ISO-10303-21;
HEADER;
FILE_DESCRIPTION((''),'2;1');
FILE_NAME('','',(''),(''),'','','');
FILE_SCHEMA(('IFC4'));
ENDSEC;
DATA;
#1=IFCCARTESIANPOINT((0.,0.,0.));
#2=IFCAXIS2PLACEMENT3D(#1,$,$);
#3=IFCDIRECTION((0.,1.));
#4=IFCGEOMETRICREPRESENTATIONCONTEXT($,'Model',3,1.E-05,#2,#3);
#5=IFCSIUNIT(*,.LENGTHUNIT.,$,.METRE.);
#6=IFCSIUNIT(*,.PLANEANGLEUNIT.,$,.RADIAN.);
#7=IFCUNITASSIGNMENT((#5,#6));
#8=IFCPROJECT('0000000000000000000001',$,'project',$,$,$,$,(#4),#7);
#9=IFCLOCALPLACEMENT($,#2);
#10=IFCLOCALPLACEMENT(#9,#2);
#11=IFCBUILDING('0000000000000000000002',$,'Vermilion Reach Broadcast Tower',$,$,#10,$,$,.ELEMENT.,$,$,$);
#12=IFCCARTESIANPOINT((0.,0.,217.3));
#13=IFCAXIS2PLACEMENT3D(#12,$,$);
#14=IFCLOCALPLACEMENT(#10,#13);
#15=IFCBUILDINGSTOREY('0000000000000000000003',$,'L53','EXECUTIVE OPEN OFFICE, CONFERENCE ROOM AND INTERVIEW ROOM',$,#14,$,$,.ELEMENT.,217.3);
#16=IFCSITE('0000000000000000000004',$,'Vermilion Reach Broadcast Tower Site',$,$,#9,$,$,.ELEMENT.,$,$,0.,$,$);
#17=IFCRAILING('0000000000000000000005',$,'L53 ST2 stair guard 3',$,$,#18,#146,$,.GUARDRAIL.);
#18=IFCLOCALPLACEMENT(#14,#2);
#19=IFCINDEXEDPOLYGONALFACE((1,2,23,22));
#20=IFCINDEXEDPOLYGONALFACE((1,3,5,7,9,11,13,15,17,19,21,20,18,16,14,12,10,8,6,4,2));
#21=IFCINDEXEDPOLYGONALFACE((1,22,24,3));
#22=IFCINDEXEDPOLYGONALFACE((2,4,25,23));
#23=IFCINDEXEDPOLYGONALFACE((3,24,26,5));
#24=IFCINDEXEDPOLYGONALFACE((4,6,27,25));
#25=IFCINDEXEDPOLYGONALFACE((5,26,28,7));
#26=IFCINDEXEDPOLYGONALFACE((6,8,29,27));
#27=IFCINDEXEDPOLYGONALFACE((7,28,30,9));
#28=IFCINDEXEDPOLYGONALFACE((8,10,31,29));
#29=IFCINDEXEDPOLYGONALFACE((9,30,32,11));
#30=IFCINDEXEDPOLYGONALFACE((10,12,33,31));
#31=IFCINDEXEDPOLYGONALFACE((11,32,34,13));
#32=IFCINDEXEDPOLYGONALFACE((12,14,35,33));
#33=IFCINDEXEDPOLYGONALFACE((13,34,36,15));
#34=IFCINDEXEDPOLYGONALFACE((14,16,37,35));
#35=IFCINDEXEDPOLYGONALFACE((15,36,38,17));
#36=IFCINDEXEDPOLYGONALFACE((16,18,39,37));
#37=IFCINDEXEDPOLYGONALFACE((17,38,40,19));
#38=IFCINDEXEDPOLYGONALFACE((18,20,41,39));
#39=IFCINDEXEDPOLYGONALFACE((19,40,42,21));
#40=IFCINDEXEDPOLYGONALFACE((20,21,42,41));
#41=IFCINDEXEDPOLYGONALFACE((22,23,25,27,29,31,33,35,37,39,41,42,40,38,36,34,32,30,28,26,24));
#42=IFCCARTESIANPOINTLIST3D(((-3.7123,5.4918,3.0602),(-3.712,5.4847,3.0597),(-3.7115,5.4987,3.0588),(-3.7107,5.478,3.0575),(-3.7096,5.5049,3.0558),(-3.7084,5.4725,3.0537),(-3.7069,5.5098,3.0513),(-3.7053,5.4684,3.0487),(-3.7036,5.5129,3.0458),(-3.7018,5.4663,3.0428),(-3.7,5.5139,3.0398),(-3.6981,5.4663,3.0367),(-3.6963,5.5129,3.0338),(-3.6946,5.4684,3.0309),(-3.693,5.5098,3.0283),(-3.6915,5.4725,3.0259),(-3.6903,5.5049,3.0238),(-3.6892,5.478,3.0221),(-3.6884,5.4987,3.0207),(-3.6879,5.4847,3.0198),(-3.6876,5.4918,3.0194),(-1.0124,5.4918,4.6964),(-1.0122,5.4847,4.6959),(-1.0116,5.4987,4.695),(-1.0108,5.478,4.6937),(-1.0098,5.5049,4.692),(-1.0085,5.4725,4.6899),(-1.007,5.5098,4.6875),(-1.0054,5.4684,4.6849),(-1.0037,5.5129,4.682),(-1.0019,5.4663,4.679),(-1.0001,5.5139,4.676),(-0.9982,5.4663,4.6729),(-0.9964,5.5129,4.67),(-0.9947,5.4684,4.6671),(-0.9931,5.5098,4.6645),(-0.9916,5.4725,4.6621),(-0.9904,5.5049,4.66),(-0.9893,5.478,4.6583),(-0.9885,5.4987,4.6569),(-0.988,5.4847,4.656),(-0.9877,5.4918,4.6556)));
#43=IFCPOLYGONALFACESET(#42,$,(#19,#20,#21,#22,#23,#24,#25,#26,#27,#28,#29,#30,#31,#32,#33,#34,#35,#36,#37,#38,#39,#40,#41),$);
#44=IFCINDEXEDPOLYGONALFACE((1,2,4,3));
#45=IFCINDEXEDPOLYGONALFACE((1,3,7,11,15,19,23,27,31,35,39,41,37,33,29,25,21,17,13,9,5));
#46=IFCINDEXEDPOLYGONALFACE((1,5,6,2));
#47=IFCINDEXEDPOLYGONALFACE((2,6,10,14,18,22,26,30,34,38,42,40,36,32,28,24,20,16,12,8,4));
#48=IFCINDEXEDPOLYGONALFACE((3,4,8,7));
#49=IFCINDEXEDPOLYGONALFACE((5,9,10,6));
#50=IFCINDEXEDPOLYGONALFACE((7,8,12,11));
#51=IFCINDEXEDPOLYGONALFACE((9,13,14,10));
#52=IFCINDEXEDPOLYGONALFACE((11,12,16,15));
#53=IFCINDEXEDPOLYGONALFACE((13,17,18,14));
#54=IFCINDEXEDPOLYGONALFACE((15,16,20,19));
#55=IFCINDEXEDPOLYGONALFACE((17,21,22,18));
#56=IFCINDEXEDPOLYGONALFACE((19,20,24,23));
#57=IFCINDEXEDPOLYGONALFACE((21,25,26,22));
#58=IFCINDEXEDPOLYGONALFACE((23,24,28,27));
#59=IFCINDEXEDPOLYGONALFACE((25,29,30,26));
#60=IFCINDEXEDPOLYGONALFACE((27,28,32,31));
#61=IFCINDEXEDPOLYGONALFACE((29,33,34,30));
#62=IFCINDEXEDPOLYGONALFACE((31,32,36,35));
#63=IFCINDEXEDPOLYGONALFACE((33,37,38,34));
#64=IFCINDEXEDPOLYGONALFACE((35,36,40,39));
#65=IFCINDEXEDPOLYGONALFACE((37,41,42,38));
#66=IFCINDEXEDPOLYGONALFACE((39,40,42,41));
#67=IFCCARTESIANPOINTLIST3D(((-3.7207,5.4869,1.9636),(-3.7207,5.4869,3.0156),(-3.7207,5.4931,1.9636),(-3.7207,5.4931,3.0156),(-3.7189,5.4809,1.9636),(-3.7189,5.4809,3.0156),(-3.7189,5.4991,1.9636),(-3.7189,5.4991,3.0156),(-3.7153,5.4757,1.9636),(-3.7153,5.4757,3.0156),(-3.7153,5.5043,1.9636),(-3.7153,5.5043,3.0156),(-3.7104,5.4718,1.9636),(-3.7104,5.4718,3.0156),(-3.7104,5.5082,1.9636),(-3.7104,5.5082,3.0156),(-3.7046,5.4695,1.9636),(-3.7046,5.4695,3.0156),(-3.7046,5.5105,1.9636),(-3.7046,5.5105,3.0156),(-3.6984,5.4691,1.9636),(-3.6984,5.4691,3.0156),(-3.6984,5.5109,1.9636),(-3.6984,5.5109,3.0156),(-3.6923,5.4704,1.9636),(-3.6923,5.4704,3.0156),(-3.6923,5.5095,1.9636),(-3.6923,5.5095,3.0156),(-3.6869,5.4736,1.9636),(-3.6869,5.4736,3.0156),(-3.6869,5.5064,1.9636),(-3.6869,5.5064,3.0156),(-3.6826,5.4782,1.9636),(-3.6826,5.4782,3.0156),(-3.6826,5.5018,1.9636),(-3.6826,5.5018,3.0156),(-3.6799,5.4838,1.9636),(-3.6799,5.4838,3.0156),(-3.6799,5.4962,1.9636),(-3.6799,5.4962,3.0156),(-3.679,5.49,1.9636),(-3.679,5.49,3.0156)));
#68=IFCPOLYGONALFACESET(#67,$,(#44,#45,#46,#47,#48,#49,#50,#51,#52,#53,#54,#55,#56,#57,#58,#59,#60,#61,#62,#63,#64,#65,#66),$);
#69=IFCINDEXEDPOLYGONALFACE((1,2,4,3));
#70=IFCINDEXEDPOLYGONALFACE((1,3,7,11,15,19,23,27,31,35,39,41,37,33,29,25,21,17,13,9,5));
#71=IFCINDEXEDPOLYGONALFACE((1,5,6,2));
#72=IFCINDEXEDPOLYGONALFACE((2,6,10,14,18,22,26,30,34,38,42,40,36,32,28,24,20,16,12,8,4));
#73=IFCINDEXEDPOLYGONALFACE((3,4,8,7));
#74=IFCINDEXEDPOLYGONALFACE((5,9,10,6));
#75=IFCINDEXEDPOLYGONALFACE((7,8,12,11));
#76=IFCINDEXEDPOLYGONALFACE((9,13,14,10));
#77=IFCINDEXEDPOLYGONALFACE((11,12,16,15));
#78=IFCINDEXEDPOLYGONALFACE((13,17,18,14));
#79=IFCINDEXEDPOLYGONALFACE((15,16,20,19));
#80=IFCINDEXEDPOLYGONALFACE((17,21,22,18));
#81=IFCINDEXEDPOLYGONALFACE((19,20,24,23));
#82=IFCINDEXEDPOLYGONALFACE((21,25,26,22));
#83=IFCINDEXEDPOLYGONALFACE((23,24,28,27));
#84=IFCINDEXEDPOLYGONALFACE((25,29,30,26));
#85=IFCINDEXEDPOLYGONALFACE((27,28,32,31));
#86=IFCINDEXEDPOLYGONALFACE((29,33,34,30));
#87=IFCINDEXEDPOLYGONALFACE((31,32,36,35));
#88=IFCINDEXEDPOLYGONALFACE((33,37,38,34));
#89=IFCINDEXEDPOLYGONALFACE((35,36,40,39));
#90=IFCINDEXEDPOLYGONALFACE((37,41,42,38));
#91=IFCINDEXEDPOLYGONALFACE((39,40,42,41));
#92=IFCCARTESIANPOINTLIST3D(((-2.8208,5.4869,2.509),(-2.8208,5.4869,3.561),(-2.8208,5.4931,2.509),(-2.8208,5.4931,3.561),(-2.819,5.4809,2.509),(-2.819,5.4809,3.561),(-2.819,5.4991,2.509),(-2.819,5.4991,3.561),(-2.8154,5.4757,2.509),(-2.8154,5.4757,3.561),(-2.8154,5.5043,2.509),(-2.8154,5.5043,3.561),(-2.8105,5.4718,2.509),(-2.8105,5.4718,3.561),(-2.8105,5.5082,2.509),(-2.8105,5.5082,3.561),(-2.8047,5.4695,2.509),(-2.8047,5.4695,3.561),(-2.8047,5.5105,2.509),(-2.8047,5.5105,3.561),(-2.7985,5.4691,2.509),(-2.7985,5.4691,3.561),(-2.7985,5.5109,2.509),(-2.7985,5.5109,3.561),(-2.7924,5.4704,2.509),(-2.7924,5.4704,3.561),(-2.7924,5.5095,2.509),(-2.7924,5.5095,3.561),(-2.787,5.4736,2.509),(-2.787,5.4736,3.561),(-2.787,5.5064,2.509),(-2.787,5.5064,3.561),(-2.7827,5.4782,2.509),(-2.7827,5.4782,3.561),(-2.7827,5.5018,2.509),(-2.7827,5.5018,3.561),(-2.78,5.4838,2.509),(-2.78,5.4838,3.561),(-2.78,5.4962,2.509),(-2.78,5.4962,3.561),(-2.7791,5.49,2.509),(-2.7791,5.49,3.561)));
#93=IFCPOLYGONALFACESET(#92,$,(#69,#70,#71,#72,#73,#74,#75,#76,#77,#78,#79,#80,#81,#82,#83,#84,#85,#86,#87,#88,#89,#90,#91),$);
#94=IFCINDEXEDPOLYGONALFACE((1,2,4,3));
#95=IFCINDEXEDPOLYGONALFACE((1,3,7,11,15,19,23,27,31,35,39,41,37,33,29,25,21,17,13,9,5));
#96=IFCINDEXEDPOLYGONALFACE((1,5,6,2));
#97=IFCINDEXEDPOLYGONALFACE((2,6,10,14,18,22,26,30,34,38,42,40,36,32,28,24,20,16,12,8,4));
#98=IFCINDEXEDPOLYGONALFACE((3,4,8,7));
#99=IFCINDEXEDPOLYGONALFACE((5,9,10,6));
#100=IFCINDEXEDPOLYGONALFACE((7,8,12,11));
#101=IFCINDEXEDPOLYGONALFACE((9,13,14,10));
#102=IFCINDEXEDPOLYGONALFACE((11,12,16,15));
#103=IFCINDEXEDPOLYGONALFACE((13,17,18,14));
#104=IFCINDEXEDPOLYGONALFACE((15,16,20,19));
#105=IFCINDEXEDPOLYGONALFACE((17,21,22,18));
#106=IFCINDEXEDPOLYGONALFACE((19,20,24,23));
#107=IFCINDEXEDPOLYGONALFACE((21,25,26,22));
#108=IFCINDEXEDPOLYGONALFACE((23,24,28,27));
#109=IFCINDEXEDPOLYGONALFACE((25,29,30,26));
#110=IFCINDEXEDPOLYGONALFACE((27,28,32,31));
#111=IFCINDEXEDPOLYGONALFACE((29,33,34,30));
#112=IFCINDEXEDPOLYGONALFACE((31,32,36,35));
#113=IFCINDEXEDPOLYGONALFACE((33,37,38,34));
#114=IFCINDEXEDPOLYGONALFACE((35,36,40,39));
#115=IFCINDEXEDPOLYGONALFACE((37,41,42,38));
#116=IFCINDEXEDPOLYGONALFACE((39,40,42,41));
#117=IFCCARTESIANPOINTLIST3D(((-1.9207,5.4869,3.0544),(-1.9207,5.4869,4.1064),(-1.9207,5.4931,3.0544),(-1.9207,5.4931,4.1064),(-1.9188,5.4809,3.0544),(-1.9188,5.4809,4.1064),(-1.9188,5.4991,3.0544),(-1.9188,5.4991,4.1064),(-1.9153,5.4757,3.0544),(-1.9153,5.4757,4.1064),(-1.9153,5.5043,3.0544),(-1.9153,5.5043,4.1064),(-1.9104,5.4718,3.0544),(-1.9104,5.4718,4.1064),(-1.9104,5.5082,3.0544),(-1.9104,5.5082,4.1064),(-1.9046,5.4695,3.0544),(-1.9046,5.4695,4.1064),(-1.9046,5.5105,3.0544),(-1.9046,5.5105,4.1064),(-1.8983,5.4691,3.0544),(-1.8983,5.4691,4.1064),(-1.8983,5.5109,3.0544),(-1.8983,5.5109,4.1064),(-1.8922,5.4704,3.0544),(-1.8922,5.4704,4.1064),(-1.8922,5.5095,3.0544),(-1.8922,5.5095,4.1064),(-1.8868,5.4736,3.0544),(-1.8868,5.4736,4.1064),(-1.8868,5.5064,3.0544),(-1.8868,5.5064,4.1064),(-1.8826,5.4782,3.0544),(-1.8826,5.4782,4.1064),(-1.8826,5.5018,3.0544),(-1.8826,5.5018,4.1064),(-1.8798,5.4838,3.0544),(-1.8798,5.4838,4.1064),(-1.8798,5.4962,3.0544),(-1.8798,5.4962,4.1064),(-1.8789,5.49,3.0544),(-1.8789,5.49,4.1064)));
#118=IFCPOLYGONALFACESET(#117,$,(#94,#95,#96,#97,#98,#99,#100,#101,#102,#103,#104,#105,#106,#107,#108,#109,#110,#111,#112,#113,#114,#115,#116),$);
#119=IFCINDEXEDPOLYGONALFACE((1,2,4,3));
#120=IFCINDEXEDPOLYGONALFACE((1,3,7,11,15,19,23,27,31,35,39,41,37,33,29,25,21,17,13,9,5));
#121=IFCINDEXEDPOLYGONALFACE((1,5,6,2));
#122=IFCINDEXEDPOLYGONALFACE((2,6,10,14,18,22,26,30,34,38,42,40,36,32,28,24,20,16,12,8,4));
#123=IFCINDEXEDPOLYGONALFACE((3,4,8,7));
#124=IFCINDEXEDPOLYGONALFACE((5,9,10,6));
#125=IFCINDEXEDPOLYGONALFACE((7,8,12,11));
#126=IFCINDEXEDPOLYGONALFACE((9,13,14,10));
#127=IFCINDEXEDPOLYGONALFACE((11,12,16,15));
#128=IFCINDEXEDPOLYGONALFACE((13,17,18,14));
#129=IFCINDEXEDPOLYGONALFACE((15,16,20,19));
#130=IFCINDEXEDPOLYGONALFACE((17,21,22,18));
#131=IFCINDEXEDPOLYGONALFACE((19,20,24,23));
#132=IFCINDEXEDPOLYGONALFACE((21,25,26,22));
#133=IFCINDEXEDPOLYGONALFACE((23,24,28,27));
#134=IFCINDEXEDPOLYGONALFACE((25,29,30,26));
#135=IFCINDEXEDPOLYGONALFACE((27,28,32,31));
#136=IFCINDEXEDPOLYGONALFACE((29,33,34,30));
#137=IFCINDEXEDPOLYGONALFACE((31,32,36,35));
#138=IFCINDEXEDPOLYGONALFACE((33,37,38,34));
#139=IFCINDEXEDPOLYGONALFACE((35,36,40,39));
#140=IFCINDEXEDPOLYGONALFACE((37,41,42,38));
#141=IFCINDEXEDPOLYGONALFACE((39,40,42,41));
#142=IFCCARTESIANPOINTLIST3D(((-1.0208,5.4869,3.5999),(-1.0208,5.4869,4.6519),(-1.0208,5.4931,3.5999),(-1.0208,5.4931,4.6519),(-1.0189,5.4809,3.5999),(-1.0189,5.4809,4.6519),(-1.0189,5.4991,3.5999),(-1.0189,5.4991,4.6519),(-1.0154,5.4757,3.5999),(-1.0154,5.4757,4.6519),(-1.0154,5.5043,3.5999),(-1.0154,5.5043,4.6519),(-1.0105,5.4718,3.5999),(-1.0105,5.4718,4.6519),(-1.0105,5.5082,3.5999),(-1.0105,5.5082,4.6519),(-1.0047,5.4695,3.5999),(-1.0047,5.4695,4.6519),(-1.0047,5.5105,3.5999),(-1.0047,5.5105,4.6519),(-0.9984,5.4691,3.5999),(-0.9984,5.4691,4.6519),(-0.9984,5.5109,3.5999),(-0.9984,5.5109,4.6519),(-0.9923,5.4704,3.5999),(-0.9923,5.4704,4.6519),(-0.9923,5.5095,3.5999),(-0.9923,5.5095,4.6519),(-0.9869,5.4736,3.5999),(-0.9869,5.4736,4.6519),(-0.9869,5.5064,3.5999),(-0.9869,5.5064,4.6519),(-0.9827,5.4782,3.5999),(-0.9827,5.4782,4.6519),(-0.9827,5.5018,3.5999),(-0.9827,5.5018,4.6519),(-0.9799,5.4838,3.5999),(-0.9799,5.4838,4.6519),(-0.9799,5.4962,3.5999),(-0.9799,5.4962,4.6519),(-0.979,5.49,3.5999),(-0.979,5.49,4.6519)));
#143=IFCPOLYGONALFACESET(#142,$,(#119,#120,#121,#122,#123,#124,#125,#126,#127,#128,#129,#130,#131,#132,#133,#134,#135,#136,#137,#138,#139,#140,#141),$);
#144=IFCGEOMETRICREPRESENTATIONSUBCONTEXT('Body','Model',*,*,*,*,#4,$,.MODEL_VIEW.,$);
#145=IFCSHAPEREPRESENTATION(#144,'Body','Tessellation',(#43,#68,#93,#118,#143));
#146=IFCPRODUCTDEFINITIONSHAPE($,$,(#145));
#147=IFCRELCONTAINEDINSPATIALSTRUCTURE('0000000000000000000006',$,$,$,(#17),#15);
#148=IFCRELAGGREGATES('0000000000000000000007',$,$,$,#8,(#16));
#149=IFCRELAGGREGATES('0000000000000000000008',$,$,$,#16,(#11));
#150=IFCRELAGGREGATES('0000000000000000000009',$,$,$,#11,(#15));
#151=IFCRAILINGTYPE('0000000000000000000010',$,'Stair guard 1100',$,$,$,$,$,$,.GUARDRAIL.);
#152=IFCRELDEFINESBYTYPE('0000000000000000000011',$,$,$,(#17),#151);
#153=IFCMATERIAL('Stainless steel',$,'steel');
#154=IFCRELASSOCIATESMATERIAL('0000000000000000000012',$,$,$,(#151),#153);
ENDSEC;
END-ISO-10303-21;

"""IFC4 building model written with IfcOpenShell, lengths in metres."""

from ifc_helpers import new_model, si_unit, direction, frame, origin, origin_2d, place, context, subcontext, project, spatial, circle, extrude, material, type_object, element, save


model = new_model("IFC4")

# Units and contexts
model_context = context("Model", 3, precision=1e-05, world=origin(), true_north=direction((0.0, 1.0)))
body_context = subcontext(model_context, "Body", "Model", "MODEL_VIEW")
ifc_project = project(units=[si_unit("LENGTHUNIT", "METRE"), si_unit("PLANEANGLEUNIT", "RADIAN")], contexts=[model_context])

# Site, building, storey
site_placement = place(None, origin())
site = spatial("IfcSite", under=ifc_project, at=site_placement, Name="Vermilion Reach Broadcast Tower Site", CompositionType="ELEMENT", RefElevation=0.0)
building_placement = place(site_placement, origin())
building = spatial("IfcBuilding", under=site, at=building_placement, Name="Vermilion Reach Broadcast Tower", CompositionType="ELEMENT")
storey_placement = place(building_placement, frame((0.0, 0.0, 217.3)))
storey = spatial("IfcBuildingStorey", under=building, at=storey_placement, Name="L53", Description="EXECUTIVE OPEN OFFICE, CONFERENCE ROOM AND INTERVIEW ROOM", CompositionType="ELEMENT", Elevation=217.3)

# Railing
ifc_material_1 = material(Name="Stainless steel", Category="steel")
railing_type_1 = type_object("IfcRailingType", Name="Stair guard 1100", PredefinedType="GUARDRAIL", material=ifc_material_1)
railing_1_placement = place(storey_placement, frame((-3.7, 5.49, 1.9636)))
element("IfcRailing", 1, at=railing_1_placement, inside=storey, type_object=railing_type_1, Name="L53 ST2 stair guard 3", PredefinedType="GUARDRAIL", context=body_context, shape_type="SweptSolid", body=[
    extrude(circle(Radius=0.0239, at=origin_2d()), frame((0.0, 0.0, 1.0762), z_axis=(0.855212, 0.0, 0.518278), x_axis=(0.0, 1.0, 0.0)), (0.0, 0.0, 1.0), 3.157),
    extrude(circle(Radius=0.021, at=origin_2d()), origin(), (0.0, 0.0, 1.0), 1.052),
    extrude(circle(Radius=0.021, at=origin_2d()), frame((0.8999, 0.0, 0.5454)), (0.0, 0.0, 1.0), 1.052),
    extrude(circle(Radius=0.021, at=origin_2d()), frame((1.8, 0.0, 1.0908)), (0.0, 0.0, 1.0), 1.052),
    extrude(circle(Radius=0.021, at=origin_2d()), frame((2.7, 0.0, 1.6362)), (0.0, 0.0, 1.0), 1.052),
])

save(model, "model.ifc")
